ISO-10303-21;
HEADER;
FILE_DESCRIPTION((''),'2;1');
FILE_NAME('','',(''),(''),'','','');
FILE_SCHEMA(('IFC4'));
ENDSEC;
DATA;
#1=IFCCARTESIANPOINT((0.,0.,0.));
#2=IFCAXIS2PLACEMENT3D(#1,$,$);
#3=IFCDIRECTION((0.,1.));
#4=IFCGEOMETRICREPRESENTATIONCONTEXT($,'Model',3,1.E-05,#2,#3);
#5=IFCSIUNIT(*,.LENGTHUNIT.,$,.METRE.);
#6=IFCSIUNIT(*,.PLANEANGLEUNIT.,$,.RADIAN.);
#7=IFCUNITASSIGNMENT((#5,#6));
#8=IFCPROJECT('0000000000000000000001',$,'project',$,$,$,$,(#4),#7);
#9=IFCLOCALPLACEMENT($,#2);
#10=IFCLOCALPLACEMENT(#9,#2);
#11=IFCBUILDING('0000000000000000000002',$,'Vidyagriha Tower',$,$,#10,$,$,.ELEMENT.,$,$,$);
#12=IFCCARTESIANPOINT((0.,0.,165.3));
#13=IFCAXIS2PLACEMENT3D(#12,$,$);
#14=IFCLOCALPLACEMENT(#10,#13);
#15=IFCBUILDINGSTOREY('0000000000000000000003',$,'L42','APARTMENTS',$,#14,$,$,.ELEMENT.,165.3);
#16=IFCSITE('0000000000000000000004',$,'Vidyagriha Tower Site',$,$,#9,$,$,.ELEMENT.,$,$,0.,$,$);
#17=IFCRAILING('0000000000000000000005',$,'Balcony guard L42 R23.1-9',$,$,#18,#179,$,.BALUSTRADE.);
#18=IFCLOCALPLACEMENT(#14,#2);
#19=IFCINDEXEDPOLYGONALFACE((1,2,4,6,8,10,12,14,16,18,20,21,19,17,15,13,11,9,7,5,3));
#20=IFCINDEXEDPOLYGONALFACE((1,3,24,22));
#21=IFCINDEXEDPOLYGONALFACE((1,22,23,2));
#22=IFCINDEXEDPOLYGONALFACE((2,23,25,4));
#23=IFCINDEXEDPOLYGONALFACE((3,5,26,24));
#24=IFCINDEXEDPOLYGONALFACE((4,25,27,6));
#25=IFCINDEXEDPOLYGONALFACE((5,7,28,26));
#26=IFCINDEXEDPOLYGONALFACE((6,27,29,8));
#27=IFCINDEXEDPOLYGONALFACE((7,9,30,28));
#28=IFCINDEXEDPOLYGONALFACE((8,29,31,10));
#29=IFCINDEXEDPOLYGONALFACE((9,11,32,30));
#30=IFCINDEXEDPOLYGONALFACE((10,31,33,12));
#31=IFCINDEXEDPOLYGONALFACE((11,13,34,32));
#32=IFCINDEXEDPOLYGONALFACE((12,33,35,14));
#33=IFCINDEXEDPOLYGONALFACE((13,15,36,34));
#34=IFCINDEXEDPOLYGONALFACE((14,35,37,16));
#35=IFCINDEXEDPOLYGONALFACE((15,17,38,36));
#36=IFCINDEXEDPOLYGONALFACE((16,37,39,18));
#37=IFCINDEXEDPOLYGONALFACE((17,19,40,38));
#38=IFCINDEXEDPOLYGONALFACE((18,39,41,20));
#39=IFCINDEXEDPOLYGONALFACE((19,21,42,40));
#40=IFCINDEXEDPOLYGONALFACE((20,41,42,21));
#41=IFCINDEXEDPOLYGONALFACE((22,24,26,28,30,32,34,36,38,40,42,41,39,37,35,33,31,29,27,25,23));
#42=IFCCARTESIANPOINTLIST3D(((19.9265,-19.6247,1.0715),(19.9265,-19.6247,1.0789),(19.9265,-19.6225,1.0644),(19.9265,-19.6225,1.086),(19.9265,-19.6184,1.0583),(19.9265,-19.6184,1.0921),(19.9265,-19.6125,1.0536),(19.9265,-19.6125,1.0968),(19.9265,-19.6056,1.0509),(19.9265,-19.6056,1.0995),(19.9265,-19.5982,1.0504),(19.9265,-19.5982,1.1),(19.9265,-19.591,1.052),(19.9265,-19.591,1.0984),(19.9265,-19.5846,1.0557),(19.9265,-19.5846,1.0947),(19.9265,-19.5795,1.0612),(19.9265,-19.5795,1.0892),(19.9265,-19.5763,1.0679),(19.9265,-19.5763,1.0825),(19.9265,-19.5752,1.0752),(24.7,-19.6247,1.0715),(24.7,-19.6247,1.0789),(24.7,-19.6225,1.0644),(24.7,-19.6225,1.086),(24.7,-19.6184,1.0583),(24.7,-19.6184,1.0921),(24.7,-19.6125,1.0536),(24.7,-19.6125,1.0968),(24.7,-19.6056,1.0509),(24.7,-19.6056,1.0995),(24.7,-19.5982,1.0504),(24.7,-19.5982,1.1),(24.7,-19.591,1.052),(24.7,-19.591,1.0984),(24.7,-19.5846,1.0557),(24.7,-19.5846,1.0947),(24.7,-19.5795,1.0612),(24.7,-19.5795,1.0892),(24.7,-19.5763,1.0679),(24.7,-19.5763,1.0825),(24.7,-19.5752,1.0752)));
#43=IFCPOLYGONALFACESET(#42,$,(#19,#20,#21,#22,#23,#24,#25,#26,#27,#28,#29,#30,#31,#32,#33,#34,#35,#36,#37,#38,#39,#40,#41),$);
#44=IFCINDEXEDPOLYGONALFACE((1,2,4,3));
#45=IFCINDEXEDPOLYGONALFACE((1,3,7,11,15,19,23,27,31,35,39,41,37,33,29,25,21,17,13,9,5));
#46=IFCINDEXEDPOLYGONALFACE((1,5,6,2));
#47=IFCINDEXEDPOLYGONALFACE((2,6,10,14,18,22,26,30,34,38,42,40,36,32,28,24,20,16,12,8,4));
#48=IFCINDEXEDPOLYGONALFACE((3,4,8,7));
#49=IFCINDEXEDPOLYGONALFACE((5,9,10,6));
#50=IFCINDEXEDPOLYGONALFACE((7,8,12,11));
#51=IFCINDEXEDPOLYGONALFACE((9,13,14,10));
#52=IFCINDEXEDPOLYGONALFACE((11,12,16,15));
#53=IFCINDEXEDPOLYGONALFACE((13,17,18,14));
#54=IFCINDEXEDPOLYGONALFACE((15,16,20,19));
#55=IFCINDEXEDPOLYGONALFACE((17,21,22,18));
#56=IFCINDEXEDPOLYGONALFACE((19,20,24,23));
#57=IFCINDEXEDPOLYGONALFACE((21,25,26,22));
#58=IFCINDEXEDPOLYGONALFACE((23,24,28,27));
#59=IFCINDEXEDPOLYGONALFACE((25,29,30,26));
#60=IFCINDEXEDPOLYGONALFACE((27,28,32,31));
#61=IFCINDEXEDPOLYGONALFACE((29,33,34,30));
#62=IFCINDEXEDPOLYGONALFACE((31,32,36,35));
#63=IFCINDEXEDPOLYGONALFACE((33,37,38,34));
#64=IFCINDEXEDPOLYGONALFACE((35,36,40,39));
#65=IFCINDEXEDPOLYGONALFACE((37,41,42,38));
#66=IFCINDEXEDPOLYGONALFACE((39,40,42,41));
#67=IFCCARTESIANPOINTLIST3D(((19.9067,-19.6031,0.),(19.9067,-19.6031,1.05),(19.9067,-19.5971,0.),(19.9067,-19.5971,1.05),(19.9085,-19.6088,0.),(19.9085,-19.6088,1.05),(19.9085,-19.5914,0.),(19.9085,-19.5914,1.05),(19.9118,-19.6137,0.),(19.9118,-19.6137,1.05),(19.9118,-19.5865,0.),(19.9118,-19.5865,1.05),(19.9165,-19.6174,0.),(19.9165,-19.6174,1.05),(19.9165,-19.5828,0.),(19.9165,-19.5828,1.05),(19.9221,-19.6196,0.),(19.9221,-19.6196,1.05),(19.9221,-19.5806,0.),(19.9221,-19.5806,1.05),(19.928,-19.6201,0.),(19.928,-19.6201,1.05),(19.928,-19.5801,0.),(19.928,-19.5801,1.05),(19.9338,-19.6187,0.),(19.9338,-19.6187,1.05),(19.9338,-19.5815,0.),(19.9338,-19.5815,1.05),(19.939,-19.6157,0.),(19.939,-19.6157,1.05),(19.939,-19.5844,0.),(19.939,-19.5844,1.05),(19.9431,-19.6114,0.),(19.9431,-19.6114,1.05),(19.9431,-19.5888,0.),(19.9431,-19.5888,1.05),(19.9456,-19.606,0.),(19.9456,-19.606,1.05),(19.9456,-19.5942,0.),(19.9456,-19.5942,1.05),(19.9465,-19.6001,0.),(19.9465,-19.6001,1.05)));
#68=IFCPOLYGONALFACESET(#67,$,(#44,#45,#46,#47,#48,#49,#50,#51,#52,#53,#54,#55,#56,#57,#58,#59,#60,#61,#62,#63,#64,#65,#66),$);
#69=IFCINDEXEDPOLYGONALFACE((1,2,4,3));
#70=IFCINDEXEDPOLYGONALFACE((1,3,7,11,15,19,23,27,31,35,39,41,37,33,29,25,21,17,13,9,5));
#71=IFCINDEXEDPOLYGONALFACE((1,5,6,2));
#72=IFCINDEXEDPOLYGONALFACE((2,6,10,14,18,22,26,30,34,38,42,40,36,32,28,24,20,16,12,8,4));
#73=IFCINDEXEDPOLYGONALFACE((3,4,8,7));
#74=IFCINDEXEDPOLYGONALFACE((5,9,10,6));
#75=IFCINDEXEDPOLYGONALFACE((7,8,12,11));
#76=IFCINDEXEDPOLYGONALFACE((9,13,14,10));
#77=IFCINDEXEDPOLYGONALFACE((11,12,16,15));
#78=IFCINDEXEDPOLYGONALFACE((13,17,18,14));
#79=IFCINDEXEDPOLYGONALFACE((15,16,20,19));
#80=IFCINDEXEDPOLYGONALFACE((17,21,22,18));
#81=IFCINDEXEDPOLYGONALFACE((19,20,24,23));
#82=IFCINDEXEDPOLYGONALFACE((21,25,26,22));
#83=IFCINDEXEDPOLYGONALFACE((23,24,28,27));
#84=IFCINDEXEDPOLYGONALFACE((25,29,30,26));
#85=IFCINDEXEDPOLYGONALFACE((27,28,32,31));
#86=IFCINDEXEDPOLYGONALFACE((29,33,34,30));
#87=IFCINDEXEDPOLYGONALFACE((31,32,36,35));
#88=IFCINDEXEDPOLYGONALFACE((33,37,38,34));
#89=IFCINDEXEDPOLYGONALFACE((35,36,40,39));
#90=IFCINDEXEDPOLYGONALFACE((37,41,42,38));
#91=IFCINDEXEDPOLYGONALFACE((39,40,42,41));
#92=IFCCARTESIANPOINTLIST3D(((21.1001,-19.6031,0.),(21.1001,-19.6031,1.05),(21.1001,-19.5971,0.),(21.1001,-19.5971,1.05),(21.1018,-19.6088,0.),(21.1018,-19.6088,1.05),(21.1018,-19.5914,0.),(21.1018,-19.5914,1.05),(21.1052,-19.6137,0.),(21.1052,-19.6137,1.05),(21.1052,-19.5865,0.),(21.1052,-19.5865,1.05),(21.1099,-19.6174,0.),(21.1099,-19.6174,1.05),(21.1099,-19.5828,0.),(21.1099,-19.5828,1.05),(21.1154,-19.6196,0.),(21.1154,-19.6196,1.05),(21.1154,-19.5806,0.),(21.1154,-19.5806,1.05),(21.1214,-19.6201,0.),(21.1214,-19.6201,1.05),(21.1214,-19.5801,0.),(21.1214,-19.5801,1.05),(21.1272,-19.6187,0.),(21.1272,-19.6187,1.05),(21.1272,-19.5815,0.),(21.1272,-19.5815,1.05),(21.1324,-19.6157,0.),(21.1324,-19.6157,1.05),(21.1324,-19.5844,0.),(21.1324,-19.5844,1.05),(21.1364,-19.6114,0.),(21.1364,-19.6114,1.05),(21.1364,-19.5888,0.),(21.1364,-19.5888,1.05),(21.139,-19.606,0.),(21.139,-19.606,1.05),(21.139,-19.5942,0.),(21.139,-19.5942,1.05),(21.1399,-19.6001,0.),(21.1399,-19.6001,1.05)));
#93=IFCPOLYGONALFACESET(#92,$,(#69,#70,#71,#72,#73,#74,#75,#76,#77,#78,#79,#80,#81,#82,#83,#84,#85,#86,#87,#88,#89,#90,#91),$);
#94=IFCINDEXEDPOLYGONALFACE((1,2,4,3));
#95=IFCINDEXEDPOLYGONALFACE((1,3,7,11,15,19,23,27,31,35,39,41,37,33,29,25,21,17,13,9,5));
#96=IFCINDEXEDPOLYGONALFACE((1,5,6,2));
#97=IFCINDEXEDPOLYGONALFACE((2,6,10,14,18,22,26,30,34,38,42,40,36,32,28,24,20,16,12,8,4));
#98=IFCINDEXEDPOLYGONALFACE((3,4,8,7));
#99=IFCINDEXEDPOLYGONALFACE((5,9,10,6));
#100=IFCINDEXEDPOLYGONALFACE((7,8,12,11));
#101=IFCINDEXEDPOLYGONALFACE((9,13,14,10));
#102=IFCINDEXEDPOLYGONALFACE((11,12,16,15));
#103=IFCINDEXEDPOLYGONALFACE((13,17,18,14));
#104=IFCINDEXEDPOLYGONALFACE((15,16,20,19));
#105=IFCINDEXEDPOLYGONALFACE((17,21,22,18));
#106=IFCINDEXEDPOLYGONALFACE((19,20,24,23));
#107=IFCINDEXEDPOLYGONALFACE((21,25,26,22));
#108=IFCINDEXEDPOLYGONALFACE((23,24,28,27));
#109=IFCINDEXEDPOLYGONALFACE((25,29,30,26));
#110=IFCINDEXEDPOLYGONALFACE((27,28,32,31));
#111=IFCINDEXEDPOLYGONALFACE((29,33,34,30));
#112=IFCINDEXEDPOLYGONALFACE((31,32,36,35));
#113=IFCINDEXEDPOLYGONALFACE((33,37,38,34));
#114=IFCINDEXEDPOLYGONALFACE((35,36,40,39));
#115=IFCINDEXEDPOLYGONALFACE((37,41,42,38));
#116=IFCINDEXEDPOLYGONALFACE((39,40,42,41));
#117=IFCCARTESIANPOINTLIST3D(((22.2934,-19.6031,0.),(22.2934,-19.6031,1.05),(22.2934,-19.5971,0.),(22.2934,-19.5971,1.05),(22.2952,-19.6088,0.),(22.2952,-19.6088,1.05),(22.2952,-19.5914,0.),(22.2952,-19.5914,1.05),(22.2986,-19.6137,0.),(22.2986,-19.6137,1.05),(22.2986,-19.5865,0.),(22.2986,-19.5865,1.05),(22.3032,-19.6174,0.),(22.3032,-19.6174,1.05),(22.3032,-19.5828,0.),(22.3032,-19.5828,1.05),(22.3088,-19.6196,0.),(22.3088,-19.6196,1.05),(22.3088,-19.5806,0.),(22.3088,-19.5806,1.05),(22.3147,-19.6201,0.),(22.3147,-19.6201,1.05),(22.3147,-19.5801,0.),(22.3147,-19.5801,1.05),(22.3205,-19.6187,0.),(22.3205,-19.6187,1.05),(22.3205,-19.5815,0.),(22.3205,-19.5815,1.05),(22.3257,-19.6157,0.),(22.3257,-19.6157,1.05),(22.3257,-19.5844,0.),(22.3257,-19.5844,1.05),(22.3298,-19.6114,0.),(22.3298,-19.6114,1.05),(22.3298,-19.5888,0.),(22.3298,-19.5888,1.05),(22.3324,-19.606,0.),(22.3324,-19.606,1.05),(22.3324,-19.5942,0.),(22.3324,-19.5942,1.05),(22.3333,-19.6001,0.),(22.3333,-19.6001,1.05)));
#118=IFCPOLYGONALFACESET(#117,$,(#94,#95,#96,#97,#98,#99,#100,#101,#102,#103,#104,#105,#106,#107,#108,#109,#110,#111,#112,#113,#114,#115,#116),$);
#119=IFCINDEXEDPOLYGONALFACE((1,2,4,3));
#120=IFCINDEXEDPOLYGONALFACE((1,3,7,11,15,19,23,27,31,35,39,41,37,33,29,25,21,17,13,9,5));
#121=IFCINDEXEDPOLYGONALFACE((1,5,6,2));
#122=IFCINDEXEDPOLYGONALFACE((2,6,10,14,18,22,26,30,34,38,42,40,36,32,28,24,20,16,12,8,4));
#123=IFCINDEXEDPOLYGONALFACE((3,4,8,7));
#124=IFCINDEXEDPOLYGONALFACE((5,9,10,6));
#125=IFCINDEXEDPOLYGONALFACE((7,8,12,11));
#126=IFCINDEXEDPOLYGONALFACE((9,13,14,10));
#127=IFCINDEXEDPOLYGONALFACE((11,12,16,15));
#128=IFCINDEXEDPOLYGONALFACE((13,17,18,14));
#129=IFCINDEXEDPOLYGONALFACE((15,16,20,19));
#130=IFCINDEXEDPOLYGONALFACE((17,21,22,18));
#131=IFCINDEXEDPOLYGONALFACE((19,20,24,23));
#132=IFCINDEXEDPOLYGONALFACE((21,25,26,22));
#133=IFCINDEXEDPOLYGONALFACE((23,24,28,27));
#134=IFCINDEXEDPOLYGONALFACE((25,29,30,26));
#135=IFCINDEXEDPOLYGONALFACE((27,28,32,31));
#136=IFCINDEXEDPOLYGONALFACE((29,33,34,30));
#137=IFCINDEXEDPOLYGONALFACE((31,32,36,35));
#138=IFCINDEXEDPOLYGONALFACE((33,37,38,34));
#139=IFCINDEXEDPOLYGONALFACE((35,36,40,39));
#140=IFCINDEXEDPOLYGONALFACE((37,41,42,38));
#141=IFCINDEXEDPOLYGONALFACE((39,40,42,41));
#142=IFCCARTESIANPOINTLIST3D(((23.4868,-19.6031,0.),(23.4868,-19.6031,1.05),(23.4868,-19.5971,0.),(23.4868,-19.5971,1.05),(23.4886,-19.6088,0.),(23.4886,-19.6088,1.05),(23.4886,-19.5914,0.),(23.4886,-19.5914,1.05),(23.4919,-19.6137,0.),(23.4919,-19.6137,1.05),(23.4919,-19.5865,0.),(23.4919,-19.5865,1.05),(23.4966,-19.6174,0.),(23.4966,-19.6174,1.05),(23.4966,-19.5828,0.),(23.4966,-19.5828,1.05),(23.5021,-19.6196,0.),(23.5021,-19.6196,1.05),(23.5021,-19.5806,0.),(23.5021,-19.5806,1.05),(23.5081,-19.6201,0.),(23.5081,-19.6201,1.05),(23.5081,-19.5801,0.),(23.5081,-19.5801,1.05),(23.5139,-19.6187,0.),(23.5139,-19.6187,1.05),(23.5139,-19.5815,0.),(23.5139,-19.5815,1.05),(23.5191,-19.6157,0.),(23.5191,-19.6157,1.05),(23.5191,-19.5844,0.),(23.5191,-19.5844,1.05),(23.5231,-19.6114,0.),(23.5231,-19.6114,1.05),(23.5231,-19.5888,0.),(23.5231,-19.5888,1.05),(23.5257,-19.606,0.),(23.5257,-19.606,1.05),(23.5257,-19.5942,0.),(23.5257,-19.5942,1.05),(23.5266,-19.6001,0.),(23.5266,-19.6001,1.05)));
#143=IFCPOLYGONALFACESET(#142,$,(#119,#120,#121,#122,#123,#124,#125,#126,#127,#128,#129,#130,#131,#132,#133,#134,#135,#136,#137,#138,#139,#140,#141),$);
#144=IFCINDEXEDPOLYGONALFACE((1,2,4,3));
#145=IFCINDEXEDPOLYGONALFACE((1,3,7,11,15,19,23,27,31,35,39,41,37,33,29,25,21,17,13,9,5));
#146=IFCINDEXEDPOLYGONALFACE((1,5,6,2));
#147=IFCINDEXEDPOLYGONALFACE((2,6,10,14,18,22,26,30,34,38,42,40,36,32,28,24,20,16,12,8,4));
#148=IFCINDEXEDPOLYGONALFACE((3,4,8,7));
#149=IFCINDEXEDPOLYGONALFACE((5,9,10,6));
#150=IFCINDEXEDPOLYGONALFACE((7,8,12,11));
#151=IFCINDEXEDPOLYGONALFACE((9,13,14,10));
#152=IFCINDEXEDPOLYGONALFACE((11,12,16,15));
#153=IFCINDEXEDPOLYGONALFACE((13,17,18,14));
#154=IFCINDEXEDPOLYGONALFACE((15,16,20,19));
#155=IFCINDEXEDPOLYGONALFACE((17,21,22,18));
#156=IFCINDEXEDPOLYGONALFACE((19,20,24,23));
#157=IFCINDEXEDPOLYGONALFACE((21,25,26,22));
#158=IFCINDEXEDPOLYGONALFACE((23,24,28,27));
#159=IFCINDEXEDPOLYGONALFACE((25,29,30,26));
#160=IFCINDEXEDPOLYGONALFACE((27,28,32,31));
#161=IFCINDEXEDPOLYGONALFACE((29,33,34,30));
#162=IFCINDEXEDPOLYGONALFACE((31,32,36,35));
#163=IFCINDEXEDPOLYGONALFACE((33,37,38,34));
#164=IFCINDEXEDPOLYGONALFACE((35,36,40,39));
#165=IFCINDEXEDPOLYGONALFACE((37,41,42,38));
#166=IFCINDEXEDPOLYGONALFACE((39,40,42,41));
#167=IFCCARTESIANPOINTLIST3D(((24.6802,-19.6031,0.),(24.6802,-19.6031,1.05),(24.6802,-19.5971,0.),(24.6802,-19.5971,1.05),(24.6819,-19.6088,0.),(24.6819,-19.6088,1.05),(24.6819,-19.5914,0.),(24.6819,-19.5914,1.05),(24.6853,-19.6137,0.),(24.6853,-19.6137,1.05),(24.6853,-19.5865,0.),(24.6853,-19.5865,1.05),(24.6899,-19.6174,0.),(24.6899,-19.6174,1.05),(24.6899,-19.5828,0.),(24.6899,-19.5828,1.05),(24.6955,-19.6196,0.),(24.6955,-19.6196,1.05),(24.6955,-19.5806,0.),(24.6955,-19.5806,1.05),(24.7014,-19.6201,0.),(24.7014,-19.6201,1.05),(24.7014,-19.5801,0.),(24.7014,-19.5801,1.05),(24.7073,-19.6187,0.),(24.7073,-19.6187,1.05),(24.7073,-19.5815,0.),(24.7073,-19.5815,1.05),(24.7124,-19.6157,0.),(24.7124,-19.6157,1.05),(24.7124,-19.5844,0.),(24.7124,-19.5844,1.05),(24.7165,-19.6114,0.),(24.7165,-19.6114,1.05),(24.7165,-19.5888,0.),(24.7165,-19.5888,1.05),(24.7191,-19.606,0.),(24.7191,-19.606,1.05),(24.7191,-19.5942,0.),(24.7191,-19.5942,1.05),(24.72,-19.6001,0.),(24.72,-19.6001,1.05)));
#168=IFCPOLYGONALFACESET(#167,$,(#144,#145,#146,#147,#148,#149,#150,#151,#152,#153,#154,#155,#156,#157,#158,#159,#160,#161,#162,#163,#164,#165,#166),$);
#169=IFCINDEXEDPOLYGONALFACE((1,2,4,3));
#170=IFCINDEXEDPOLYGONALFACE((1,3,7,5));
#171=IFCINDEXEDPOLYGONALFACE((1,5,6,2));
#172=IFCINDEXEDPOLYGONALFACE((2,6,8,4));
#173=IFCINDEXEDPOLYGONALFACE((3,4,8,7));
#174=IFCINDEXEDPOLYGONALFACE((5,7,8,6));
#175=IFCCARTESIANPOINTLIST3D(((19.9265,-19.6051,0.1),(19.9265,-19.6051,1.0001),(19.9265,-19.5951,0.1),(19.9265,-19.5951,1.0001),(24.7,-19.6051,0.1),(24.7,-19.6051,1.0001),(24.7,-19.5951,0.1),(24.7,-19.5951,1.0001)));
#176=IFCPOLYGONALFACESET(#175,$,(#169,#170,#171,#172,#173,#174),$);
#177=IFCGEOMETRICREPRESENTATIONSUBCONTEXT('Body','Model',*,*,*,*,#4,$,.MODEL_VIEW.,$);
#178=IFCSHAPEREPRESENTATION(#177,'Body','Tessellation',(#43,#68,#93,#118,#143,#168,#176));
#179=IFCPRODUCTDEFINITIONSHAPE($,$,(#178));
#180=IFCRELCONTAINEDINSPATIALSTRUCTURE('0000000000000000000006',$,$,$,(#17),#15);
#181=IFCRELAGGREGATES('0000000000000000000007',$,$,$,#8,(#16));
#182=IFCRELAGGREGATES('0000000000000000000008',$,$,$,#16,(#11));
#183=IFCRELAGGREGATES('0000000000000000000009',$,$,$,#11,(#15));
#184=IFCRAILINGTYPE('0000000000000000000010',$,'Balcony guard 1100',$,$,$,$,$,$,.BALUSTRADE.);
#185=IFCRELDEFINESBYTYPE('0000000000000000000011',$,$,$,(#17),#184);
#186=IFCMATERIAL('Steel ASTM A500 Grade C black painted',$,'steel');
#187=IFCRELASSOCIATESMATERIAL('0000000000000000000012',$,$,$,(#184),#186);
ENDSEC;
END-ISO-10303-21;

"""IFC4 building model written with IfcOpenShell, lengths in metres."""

from ifc_helpers import new_model, si_unit, direction, frame, origin, origin_2d, place, context, subcontext, project, spatial, rectangle, circle, extrude, material, type_object, element, save


model = new_model("IFC4")

# Units and contexts
model_context = context("Model", 3, precision=1e-05, world=origin(), true_north=direction((0.0, 1.0)))
body_context = subcontext(model_context, "Body", "Model", "MODEL_VIEW")
ifc_project = project(units=[si_unit("LENGTHUNIT", "METRE"), si_unit("PLANEANGLEUNIT", "RADIAN")], contexts=[model_context])

# Site, building, storey
site_placement = place(None, origin())
site = spatial("IfcSite", under=ifc_project, at=site_placement, Name="Vidyagriha Tower Site", CompositionType="ELEMENT", RefElevation=0.0)
building_placement = place(site_placement, origin())
building = spatial("IfcBuilding", under=site, at=building_placement, Name="Vidyagriha Tower", CompositionType="ELEMENT")
storey_placement = place(building_placement, frame((0.0, 0.0, 165.3)))
storey = spatial("IfcBuildingStorey", under=building, at=storey_placement, Name="L42", Description="APARTMENTS", CompositionType="ELEMENT", Elevation=165.3)

# Railing
ifc_material_1 = material(Name="Steel ASTM A500 Grade C black painted", Category="steel")
railing_type = type_object("IfcRailingType", Name="Balcony guard 1100", PredefinedType="BALUSTRADE", material=ifc_material_1)
railing_1_placement = place(storey_placement, frame((19.9265, -19.6001, 0.0)))
element("IfcRailing", 1, at=railing_1_placement, inside=storey, type_object=railing_type, Name="Balcony guard L42 R23.1-9", PredefinedType="BALUSTRADE", context=body_context, shape_type="SweptSolid", body=[
    extrude(circle(Radius=0.0249, at=origin_2d()), frame((0.0, 0.0, 1.0752), z_axis=(1.0, 0.0, 0.0), x_axis=(0.0, 1.0, 0.0)), (0.0, 0.0, 1.0), 4.7734),
    extrude(circle(Radius=0.02, at=origin_2d()), origin(), (0.0, 0.0, 1.0), 1.05),
    extrude(circle(Radius=0.02, at=origin_2d()), frame((1.1934, 0.0, 0.0)), (0.0, 0.0, 1.0), 1.05),
    extrude(circle(Radius=0.02, at=origin_2d()), frame((2.3867, 0.0, 0.0)), (0.0, 0.0, 1.0), 1.05),
    extrude(circle(Radius=0.02, at=origin_2d()), frame((3.5801, 0.0, 0.0)), (0.0, 0.0, 1.0), 1.05),
    extrude(circle(Radius=0.02, at=origin_2d()), frame((4.7734, 0.0, 0.0)), (0.0, 0.0, 1.0), 1.05),
    extrude(rectangle(XDim=0.01, YDim=0.9001, at=origin_2d()), frame((0.0, 0.0, 0.55), z_axis=(1.0, 0.0, 0.0), x_axis=(0.0, 1.0, 0.0)), (0.0, 0.0, 1.0), 4.7734),
])

save(model, "model.ifc")
